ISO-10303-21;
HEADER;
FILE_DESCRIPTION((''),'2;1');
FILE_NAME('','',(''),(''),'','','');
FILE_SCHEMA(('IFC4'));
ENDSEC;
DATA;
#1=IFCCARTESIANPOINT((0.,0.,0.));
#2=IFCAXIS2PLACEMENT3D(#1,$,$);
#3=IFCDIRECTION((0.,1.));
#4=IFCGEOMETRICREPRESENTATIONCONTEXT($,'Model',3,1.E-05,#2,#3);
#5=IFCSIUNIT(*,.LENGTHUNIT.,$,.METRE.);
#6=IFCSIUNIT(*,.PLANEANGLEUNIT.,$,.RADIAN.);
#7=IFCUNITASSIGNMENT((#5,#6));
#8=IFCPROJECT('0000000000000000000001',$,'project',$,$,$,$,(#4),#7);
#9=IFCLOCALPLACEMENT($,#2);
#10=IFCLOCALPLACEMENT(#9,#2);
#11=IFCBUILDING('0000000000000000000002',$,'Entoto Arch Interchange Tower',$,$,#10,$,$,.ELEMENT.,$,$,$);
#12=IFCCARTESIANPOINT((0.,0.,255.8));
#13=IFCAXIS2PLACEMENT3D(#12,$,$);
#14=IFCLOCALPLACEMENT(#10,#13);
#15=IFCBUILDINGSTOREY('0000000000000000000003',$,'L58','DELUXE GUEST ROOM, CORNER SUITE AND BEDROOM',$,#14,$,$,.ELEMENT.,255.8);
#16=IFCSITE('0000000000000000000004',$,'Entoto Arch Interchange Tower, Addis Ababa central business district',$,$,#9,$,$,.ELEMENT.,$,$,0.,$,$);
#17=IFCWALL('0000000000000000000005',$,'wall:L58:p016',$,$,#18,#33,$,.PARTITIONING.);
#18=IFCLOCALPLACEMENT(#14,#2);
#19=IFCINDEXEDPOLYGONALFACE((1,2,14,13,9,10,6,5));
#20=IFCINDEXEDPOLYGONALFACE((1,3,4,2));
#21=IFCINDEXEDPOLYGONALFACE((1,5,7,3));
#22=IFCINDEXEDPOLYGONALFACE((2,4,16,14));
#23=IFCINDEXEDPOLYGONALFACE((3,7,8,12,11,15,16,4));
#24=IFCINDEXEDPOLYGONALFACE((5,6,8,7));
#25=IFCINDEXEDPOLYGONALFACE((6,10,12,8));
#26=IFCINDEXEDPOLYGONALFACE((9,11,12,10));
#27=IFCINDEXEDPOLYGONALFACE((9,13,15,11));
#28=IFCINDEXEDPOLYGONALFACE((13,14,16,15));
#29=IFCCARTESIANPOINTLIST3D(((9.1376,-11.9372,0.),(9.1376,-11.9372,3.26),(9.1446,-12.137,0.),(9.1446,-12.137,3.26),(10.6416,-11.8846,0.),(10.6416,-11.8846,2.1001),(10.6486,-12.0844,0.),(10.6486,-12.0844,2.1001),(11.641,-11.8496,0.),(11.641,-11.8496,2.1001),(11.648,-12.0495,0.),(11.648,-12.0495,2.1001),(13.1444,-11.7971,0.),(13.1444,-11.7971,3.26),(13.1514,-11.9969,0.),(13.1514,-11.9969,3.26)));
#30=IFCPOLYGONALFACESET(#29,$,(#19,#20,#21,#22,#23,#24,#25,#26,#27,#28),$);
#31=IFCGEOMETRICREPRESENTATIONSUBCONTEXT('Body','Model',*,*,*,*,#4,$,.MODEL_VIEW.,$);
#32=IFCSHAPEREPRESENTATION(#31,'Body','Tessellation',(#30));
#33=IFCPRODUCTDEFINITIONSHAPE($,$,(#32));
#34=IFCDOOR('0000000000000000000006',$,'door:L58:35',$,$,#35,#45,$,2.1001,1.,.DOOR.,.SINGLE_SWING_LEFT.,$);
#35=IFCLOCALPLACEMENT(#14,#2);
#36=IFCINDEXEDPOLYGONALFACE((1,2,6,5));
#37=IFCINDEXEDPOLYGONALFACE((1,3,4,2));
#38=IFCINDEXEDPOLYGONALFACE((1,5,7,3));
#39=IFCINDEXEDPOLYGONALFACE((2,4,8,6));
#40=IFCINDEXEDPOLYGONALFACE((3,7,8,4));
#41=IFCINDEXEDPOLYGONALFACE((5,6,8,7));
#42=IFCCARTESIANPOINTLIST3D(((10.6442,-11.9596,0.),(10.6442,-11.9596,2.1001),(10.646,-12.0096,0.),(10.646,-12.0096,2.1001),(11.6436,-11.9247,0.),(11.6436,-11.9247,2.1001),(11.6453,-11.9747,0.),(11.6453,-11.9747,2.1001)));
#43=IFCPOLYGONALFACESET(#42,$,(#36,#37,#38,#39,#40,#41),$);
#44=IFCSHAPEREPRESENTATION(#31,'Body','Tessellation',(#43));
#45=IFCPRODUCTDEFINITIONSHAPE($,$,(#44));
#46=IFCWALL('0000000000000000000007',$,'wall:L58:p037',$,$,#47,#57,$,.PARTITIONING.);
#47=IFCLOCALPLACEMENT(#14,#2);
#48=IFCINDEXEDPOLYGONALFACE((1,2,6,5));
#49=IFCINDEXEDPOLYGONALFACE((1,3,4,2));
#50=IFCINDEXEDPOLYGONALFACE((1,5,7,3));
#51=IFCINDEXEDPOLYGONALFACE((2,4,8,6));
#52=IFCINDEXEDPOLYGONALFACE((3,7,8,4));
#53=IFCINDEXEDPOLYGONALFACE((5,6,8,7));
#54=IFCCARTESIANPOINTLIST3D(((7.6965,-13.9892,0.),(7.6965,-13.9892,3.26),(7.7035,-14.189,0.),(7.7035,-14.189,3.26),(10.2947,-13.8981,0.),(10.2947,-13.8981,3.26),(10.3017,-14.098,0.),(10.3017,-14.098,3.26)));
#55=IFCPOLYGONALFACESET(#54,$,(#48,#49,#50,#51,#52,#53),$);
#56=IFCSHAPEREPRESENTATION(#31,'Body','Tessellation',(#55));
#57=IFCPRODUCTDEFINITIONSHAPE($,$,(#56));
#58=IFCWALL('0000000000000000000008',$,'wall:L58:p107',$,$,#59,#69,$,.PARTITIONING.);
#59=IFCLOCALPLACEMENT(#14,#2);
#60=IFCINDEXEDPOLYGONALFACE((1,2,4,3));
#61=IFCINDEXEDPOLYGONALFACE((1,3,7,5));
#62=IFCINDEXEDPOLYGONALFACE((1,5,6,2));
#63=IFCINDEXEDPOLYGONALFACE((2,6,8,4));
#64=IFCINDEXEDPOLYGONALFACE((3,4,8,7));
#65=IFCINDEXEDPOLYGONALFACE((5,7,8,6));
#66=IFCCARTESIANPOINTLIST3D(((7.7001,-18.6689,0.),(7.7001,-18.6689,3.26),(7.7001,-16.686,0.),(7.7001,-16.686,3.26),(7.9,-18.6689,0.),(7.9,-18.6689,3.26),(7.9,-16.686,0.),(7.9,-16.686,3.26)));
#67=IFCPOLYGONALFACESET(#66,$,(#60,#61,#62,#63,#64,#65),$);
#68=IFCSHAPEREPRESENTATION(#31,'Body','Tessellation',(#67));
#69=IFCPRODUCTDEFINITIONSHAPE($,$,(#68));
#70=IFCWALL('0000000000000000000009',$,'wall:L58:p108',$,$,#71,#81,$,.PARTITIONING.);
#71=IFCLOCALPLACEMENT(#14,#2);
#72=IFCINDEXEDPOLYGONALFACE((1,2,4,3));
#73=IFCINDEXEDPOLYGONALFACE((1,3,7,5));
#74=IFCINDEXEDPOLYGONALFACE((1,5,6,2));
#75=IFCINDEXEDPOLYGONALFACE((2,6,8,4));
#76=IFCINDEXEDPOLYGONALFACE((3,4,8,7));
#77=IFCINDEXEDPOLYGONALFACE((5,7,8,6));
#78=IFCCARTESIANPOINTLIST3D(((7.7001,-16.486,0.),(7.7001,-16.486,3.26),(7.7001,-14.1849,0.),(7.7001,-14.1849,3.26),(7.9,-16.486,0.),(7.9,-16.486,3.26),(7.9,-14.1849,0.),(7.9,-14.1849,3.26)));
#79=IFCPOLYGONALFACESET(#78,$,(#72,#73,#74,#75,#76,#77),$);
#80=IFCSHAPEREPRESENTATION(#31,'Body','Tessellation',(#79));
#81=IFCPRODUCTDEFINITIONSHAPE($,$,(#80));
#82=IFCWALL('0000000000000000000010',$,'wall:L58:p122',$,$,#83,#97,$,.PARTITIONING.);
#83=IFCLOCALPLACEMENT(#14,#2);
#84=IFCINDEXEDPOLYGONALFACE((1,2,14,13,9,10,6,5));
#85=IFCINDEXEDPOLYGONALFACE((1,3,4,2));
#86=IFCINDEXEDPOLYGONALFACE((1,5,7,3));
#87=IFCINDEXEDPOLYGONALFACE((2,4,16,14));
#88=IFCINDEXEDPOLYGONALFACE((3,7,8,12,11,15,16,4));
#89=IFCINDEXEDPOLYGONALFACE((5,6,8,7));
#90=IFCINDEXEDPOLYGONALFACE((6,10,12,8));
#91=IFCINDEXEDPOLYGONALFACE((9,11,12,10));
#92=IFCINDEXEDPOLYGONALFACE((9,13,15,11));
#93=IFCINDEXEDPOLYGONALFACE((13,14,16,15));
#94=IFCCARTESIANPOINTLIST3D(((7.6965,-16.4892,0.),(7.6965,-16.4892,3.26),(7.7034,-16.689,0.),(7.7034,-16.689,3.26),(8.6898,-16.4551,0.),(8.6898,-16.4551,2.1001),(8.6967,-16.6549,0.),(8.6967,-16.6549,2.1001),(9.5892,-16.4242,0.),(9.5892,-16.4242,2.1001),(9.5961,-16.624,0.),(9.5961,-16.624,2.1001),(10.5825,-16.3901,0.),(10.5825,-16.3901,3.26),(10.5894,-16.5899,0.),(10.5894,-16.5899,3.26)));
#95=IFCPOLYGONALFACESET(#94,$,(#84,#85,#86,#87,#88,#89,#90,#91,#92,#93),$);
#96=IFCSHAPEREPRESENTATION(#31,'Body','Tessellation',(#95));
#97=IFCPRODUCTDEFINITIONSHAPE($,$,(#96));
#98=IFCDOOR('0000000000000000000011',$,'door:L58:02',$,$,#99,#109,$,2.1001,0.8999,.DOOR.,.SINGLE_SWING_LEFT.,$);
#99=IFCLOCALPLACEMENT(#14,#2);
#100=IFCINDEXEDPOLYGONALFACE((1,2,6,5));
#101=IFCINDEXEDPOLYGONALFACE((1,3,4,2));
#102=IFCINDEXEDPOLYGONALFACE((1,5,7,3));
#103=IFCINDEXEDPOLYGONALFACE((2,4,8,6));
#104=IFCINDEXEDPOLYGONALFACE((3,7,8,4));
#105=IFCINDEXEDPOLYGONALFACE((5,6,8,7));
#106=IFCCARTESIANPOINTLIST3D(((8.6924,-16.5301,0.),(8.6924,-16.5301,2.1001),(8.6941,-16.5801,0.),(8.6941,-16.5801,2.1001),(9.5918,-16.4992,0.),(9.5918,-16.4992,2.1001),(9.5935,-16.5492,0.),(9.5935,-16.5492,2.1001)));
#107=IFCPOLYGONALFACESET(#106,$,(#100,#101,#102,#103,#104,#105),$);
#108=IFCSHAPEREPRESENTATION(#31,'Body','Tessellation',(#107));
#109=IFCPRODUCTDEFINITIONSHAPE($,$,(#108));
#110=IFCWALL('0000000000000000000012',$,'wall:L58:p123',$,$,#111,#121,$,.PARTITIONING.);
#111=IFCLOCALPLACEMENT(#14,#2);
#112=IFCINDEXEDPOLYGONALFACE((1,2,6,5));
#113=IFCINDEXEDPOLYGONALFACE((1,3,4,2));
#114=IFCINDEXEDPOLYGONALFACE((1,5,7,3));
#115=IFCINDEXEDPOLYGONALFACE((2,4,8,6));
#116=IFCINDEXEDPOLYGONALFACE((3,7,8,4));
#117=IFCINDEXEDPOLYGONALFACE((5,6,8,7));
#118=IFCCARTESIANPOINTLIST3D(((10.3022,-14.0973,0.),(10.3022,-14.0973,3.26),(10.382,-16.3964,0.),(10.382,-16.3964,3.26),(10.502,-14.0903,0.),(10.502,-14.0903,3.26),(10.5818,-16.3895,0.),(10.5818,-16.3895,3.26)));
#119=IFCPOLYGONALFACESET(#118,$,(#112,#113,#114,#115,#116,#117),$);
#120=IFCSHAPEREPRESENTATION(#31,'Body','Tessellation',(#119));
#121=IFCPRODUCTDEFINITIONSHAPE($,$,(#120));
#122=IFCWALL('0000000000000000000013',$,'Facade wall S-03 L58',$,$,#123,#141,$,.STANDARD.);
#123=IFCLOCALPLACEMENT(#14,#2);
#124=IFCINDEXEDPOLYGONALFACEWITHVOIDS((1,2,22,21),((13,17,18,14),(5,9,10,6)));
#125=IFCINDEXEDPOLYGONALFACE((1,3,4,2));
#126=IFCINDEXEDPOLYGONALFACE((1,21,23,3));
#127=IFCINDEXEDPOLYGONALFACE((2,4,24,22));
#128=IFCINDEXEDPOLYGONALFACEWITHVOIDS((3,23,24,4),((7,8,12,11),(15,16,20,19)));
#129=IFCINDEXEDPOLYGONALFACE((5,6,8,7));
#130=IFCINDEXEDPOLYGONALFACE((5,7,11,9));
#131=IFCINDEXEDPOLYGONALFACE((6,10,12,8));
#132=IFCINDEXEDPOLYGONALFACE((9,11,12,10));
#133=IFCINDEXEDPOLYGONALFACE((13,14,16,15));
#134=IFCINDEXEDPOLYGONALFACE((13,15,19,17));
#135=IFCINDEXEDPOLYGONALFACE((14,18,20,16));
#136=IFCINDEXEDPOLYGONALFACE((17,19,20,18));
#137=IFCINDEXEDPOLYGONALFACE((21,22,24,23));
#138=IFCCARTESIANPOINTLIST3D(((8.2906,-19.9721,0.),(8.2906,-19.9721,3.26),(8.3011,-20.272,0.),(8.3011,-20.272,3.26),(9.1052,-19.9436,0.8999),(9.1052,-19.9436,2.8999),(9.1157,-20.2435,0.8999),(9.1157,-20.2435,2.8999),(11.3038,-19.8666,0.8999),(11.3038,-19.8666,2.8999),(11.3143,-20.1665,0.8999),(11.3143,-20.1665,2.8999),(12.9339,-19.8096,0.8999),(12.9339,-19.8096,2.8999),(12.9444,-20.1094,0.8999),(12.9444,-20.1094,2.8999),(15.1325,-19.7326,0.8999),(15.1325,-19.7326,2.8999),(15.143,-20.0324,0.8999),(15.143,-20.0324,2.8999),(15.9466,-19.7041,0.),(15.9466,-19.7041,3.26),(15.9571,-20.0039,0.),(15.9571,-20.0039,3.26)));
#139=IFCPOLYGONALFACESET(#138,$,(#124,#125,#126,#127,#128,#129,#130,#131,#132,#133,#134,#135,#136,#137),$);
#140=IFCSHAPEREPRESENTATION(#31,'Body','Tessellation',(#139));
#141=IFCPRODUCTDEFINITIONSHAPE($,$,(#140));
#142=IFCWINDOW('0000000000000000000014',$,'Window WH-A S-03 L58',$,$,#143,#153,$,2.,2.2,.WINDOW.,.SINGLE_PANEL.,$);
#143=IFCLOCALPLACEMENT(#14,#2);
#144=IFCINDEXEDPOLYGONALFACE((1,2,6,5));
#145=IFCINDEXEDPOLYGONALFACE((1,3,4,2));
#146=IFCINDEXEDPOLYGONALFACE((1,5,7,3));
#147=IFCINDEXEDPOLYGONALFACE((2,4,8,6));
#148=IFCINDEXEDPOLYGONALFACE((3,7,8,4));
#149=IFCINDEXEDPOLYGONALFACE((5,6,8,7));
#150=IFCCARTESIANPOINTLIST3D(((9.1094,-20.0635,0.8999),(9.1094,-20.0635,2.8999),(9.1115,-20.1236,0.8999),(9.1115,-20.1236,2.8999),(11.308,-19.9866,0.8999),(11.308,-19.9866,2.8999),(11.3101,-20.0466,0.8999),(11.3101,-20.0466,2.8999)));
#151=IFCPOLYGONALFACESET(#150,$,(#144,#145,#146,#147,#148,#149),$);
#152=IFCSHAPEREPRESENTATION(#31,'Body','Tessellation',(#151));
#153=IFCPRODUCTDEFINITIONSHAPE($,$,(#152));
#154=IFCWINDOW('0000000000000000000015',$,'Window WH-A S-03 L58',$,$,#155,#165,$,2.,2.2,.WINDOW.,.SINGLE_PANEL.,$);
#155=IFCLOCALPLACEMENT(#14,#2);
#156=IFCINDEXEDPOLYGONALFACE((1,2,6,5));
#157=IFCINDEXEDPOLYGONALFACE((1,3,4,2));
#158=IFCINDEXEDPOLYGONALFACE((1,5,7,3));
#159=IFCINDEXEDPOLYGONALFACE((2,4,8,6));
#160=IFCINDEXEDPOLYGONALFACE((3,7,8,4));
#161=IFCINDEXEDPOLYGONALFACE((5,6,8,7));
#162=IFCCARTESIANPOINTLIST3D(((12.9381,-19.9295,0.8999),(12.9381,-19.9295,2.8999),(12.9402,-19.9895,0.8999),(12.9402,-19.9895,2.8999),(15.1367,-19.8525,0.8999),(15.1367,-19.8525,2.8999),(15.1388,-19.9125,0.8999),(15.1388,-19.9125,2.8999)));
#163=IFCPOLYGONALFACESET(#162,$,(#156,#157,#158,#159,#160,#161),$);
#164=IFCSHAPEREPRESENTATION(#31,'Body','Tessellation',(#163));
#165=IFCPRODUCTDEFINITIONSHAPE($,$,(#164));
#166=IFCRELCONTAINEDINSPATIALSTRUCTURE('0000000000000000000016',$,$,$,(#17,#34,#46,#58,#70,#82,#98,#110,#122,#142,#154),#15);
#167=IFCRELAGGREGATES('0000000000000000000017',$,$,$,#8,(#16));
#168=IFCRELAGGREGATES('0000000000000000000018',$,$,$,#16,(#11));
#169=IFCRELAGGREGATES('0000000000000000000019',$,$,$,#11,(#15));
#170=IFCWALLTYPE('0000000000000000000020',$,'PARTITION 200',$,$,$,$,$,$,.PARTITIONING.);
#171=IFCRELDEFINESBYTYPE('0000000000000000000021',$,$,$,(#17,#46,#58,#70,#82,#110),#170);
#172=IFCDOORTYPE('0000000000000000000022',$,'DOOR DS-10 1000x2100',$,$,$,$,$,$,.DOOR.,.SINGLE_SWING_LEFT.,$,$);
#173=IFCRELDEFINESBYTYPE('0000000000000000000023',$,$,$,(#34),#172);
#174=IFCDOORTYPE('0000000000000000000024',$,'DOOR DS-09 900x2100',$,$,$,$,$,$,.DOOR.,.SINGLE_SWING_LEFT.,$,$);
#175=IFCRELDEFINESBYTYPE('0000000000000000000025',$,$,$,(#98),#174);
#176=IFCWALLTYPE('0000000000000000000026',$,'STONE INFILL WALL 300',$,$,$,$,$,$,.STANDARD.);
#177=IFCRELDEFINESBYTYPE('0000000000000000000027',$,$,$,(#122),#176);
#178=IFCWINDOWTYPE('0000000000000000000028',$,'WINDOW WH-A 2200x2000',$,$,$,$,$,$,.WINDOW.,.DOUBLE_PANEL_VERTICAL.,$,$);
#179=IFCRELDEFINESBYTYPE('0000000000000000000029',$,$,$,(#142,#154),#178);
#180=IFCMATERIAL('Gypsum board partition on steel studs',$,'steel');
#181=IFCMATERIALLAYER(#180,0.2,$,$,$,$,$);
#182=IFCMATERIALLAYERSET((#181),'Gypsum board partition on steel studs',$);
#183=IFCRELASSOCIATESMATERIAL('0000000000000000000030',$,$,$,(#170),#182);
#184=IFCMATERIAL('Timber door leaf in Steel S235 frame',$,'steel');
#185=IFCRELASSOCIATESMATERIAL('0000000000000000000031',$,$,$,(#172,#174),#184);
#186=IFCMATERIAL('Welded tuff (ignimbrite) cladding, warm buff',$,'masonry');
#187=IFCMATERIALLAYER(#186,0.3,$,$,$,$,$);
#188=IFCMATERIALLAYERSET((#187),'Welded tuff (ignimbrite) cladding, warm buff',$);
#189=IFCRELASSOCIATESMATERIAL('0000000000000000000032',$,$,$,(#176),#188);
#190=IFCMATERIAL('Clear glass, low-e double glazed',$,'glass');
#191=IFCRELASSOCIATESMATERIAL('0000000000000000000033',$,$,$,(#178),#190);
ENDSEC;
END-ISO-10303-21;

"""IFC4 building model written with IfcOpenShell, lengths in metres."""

from ifc_helpers import new_model, si_unit, direction, frame, frame_2d, origin, place, context, subcontext, project, spatial, rectangle, extrude, material, layer, layer_set, type_object, element, fill, save


model = new_model("IFC4")

# Units and contexts
model_context = context("Model", 3, precision=1e-05, world=origin(), true_north=direction((0.0, 1.0)))
body_context = subcontext(model_context, "Body", "Model", "MODEL_VIEW")
ifc_project = project(units=[si_unit("LENGTHUNIT", "METRE"), si_unit("PLANEANGLEUNIT", "RADIAN")], contexts=[model_context])

# Site, building, storey
site_placement = place(None, origin())
site = spatial("IfcSite", under=ifc_project, at=site_placement, Name="Entoto Arch Interchange Tower, Addis Ababa central business district", CompositionType="ELEMENT", RefElevation=0.0)
building_placement = place(site_placement, origin())
building = spatial("IfcBuilding", under=site, at=building_placement, Name="Entoto Arch Interchange Tower", CompositionType="ELEMENT")
storey_placement = place(building_placement, frame((0.0, 0.0, 255.8)))
storey = spatial("IfcBuildingStorey", under=building, at=storey_placement, Name="L58", Description="DELUXE GUEST ROOM, CORNER SUITE AND BEDROOM", CompositionType="ELEMENT", Elevation=255.8)

# Shared definitions
ifc_material_1 = material(Name="Clear glass, low-e double glazed", Category="glass")

# Shared definitions
ifc_material_2 = material(Name="Gypsum board partition on steel studs", Category="steel")
ifc_layer_1 = layer(ifc_material_2, 0.2)
ifc_layer_set_1 = layer_set([ifc_layer_1], Name="Gypsum board partition on steel studs")
wall_type_1 = type_object("IfcWallType", Name="PARTITION 200", PredefinedType="PARTITIONING", material=ifc_layer_set_1)

# Wall, opening, door
wall_1_placement = place(storey_placement, frame((9.1411, -12.0371, 0.0), z_axis=(0.0, 0.0, 1.0), x_axis=(0.999389, 0.034953, 0.0)))
wall_1 = element("IfcWall", 1, at=wall_1_placement, inside=storey, type_object=wall_type_1, Name="wall:L58:p016", PredefinedType="PARTITIONING", context=body_context, shape_type="SweptSolid", body=[
    extrude(rectangle(XDim=4.0093, YDim=0.2, at=frame_2d((2.0046, 0.0))), origin(), (0.0, 0.0, 1.0), 3.26),
])
opening_1_placement = place(wall_1_placement, frame((1.5049, 0.0, 0.0)))
opening_1 = element("IfcOpeningElement", 2, at=opening_1_placement, cuts=wall_1, PredefinedType="OPENING", context=body_context, shape_type="SweptSolid", body=[
    extrude(rectangle(XDim=1.0, YDim=2.1001, at=frame_2d((0.5, 1.05))), frame((0.0, 0.1099, 0.0), z_axis=(0.0, -1.0, 0.0), x_axis=(1.0, 0.0, 0.0)), (0.0, 0.0, 1.0), 0.22),
])
ifc_material_3 = material(Name="Timber door leaf in Steel S235 frame", Category="steel")
door_type_1 = type_object("IfcDoorType", Name="DOOR DS-10 1000x2100", OperationType="SINGLE_SWING_LEFT", PredefinedType="DOOR", material=ifc_material_3)
door_1_placement = place(opening_1_placement, origin())
door_1 = element("IfcDoor", 3, at=door_1_placement, inside=storey, type_object=door_type_1, Name="door:L58:35", OperationType="SINGLE_SWING_LEFT", OverallHeight=2.1001, OverallWidth=1.0, PredefinedType="DOOR", context=body_context, shape_type="SweptSolid", body=[
    extrude(rectangle(XDim=1.0, YDim=2.1001, at=frame_2d((0.5, 1.05))), frame((0.0, 0.0249, 0.0), z_axis=(0.0, -1.0, 0.0), x_axis=(1.0, 0.0, 0.0)), (0.0, 0.0, 1.0), 0.05),
])
fill(opening_1, door_1)

# Walls
wall_2_placement = place(storey_placement, frame((10.2981, -13.998, 0.0), z_axis=(0.0, 0.0, 1.0), x_axis=(-0.999386, -0.035028, 0.0)))
element("IfcWall", 4, at=wall_2_placement, inside=storey, type_object=wall_type_1, Name="wall:L58:p037", PredefinedType="PARTITIONING", context=body_context, shape_type="SweptSolid", body=[
    extrude(rectangle(XDim=2.5999, YDim=0.2, at=frame_2d((1.2998, 0.0))), origin(), (0.0, 0.0, 1.0), 3.26),
])
wall_3_placement = place(storey_placement, frame((7.8, -16.686, 0.0), z_axis=(0.0, 0.0, 1.0), x_axis=(0.0, -1.0, 0.0)))
element("IfcWall", 5, at=wall_3_placement, inside=storey, type_object=wall_type_1, Name="wall:L58:p107", PredefinedType="PARTITIONING", context=body_context, shape_type="SweptSolid", body=[
    extrude(rectangle(XDim=1.9829, YDim=0.2, at=frame_2d((0.9915, 0.0))), origin(), (0.0, 0.0, 1.0), 3.26),
])
wall_4_placement = place(storey_placement, frame((7.8, -14.1851, 0.0), z_axis=(0.0, 0.0, 1.0), x_axis=(0.0, -1.0, 0.0)))
element("IfcWall", 6, at=wall_4_placement, inside=storey, type_object=wall_type_1, Name="wall:L58:p108", PredefinedType="PARTITIONING", context=body_context, shape_type="SweptSolid", body=[
    extrude(rectangle(XDim=2.301, YDim=0.2, at=frame_2d((1.1504, 0.0))), origin(), (0.0, 0.0, 1.0), 3.26),
])

# Wall, opening, door
wall_5_placement = place(storey_placement, frame((7.7, -16.5891, 0.0), z_axis=(0.0, 0.0, 1.0), x_axis=(0.999411, 0.034325, 0.0)))
wall_5 = element("IfcWall", 7, at=wall_5_placement, inside=storey, type_object=wall_type_1, Name="wall:L58:p122", PredefinedType="PARTITIONING", context=body_context, shape_type="SweptSolid", body=[
    extrude(rectangle(XDim=2.8877, YDim=0.2, at=frame_2d((1.4438, 0.0))), origin(), (0.0, 0.0, 1.0), 3.26),
])
opening_2_placement = place(wall_5_placement, frame((0.9939, 0.0, 0.0)))
opening_2 = element("IfcOpeningElement", 8, at=opening_2_placement, cuts=wall_5, PredefinedType="OPENING", context=body_context, shape_type="SweptSolid", body=[
    extrude(rectangle(XDim=0.8999, YDim=2.1001, at=frame_2d((0.45, 1.05))), frame((0.0, 0.1099, 0.0), z_axis=(0.0, -1.0, 0.0), x_axis=(1.0, 0.0, 0.0)), (0.0, 0.0, 1.0), 0.22),
])
door_type_2 = type_object("IfcDoorType", Name="DOOR DS-09 900x2100", OperationType="SINGLE_SWING_LEFT", PredefinedType="DOOR", material=ifc_material_3)
door_2_placement = place(opening_2_placement, origin())
door_2 = element("IfcDoor", 9, at=door_2_placement, inside=storey, type_object=door_type_2, Name="door:L58:02", OperationType="SINGLE_SWING_LEFT", OverallHeight=2.1001, OverallWidth=0.8999, PredefinedType="DOOR", context=body_context, shape_type="SweptSolid", body=[
    extrude(rectangle(XDim=0.8999, YDim=2.1001, at=frame_2d((0.45, 1.05))), frame((0.0, 0.0249, 0.0), z_axis=(0.0, -1.0, 0.0), x_axis=(1.0, 0.0, 0.0)), (0.0, 0.0, 1.0), 0.05),
])
fill(opening_2, door_2)

# Wall
wall_6_placement = place(storey_placement, frame((10.4819, -16.3931, 0.0), z_axis=(0.0, 0.0, 1.0), x_axis=(-0.034704, 0.999398, 0.0)))
element("IfcWall", 10, at=wall_6_placement, inside=storey, type_object=wall_type_1, Name="wall:L58:p123", PredefinedType="PARTITIONING", context=body_context, shape_type="SweptSolid", body=[
    extrude(rectangle(XDim=2.3005, YDim=0.2, at=frame_2d((1.1504, 0.0))), origin(), (0.0, 0.0, 1.0), 3.26),
])

# Wall, openings, windows
ifc_material_4 = material(Name="Welded tuff (ignimbrite) cladding, warm buff", Category="masonry")
ifc_layer_2 = layer(ifc_material_4, 0.3)
ifc_layer_set_2 = layer_set([ifc_layer_2], Name="Welded tuff (ignimbrite) cladding, warm buff")
wall_type_2 = type_object("IfcWallType", Name="STONE INFILL WALL 300", PredefinedType="STANDARD", material=ifc_layer_set_2)
wall_7_placement = place(storey_placement, frame((8.2959, -20.1221, 0.0), z_axis=(0.0, 0.0, 1.0), x_axis=(0.999388, 0.034992, 0.0)))
wall_7 = element("IfcWall", 11, at=wall_7_placement, inside=storey, type_object=wall_type_2, Name="Facade wall S-03 L58", PredefinedType="STANDARD", context=body_context, shape_type="SweptSolid", body=[
    extrude(rectangle(XDim=7.6606, YDim=0.3, at=frame_2d((3.8303, 0.0))), origin(), (0.0, 0.0, 1.0), 3.26),
])
opening_3_placement = place(wall_7_placement, frame((0.8149, 0.0, 0.8999)))
opening_3 = element("IfcOpeningElement", 12, at=opening_3_placement, cuts=wall_7, PredefinedType="OPENING", context=body_context, shape_type="SweptSolid", body=[
    extrude(rectangle(XDim=2.2, YDim=2.0, at=frame_2d((1.1001, 1.0))), frame((0.0, 0.1602, 0.0), z_axis=(0.0, -1.0, 0.0), x_axis=(1.0, 0.0, 0.0)), (0.0, 0.0, 1.0), 0.3201),
])
opening_4_placement = place(wall_7_placement, frame((4.646, 0.0, 0.8999)))
opening_4 = element("IfcOpeningElement", 13, at=opening_4_placement, cuts=wall_7, PredefinedType="OPENING", context=body_context, shape_type="SweptSolid", body=[
    extrude(rectangle(XDim=2.2, YDim=2.0, at=frame_2d((1.1001, 1.0))), frame((0.0, 0.1602, 0.0), z_axis=(0.0, -1.0, 0.0), x_axis=(1.0, 0.0, 0.0)), (0.0, 0.0, 1.0), 0.3201),
])
window_type = type_object("IfcWindowType", Name="WINDOW WH-A 2200x2000", PartitioningType="DOUBLE_PANEL_VERTICAL", PredefinedType="WINDOW", material=ifc_material_1)
window_1_placement = place(opening_3_placement, origin())
window_1 = element("IfcWindow", 14, at=window_1_placement, inside=storey, type_object=window_type, Name="Window WH-A S-03 L58", OverallHeight=2.0, OverallWidth=2.2, PartitioningType="SINGLE_PANEL", PredefinedType="WINDOW", context=body_context, shape_type="SweptSolid", body=[
    extrude(rectangle(XDim=2.2, YDim=2.0, at=frame_2d((1.1001, 1.0))), frame((0.0, 0.03, 0.0), z_axis=(0.0, -1.0, 0.0), x_axis=(1.0, 0.0, 0.0)), (0.0, 0.0, 1.0), 0.0601),
])
fill(opening_3, window_1)
window_2_placement = place(opening_4_placement, origin())
window_2 = element("IfcWindow", 15, at=window_2_placement, inside=storey, type_object=window_type, Name="Window WH-A S-03 L58", OverallHeight=2.0, OverallWidth=2.2, PartitioningType="SINGLE_PANEL", PredefinedType="WINDOW", context=body_context, shape_type="SweptSolid", body=[
    extrude(rectangle(XDim=2.2, YDim=2.0, at=frame_2d((1.1001, 1.0))), frame((0.0, 0.03, 0.0), z_axis=(0.0, -1.0, 0.0), x_axis=(1.0, 0.0, 0.0)), (0.0, 0.0, 1.0), 0.0601),
])
fill(opening_4, window_2)

save(model, "model.ifc")
